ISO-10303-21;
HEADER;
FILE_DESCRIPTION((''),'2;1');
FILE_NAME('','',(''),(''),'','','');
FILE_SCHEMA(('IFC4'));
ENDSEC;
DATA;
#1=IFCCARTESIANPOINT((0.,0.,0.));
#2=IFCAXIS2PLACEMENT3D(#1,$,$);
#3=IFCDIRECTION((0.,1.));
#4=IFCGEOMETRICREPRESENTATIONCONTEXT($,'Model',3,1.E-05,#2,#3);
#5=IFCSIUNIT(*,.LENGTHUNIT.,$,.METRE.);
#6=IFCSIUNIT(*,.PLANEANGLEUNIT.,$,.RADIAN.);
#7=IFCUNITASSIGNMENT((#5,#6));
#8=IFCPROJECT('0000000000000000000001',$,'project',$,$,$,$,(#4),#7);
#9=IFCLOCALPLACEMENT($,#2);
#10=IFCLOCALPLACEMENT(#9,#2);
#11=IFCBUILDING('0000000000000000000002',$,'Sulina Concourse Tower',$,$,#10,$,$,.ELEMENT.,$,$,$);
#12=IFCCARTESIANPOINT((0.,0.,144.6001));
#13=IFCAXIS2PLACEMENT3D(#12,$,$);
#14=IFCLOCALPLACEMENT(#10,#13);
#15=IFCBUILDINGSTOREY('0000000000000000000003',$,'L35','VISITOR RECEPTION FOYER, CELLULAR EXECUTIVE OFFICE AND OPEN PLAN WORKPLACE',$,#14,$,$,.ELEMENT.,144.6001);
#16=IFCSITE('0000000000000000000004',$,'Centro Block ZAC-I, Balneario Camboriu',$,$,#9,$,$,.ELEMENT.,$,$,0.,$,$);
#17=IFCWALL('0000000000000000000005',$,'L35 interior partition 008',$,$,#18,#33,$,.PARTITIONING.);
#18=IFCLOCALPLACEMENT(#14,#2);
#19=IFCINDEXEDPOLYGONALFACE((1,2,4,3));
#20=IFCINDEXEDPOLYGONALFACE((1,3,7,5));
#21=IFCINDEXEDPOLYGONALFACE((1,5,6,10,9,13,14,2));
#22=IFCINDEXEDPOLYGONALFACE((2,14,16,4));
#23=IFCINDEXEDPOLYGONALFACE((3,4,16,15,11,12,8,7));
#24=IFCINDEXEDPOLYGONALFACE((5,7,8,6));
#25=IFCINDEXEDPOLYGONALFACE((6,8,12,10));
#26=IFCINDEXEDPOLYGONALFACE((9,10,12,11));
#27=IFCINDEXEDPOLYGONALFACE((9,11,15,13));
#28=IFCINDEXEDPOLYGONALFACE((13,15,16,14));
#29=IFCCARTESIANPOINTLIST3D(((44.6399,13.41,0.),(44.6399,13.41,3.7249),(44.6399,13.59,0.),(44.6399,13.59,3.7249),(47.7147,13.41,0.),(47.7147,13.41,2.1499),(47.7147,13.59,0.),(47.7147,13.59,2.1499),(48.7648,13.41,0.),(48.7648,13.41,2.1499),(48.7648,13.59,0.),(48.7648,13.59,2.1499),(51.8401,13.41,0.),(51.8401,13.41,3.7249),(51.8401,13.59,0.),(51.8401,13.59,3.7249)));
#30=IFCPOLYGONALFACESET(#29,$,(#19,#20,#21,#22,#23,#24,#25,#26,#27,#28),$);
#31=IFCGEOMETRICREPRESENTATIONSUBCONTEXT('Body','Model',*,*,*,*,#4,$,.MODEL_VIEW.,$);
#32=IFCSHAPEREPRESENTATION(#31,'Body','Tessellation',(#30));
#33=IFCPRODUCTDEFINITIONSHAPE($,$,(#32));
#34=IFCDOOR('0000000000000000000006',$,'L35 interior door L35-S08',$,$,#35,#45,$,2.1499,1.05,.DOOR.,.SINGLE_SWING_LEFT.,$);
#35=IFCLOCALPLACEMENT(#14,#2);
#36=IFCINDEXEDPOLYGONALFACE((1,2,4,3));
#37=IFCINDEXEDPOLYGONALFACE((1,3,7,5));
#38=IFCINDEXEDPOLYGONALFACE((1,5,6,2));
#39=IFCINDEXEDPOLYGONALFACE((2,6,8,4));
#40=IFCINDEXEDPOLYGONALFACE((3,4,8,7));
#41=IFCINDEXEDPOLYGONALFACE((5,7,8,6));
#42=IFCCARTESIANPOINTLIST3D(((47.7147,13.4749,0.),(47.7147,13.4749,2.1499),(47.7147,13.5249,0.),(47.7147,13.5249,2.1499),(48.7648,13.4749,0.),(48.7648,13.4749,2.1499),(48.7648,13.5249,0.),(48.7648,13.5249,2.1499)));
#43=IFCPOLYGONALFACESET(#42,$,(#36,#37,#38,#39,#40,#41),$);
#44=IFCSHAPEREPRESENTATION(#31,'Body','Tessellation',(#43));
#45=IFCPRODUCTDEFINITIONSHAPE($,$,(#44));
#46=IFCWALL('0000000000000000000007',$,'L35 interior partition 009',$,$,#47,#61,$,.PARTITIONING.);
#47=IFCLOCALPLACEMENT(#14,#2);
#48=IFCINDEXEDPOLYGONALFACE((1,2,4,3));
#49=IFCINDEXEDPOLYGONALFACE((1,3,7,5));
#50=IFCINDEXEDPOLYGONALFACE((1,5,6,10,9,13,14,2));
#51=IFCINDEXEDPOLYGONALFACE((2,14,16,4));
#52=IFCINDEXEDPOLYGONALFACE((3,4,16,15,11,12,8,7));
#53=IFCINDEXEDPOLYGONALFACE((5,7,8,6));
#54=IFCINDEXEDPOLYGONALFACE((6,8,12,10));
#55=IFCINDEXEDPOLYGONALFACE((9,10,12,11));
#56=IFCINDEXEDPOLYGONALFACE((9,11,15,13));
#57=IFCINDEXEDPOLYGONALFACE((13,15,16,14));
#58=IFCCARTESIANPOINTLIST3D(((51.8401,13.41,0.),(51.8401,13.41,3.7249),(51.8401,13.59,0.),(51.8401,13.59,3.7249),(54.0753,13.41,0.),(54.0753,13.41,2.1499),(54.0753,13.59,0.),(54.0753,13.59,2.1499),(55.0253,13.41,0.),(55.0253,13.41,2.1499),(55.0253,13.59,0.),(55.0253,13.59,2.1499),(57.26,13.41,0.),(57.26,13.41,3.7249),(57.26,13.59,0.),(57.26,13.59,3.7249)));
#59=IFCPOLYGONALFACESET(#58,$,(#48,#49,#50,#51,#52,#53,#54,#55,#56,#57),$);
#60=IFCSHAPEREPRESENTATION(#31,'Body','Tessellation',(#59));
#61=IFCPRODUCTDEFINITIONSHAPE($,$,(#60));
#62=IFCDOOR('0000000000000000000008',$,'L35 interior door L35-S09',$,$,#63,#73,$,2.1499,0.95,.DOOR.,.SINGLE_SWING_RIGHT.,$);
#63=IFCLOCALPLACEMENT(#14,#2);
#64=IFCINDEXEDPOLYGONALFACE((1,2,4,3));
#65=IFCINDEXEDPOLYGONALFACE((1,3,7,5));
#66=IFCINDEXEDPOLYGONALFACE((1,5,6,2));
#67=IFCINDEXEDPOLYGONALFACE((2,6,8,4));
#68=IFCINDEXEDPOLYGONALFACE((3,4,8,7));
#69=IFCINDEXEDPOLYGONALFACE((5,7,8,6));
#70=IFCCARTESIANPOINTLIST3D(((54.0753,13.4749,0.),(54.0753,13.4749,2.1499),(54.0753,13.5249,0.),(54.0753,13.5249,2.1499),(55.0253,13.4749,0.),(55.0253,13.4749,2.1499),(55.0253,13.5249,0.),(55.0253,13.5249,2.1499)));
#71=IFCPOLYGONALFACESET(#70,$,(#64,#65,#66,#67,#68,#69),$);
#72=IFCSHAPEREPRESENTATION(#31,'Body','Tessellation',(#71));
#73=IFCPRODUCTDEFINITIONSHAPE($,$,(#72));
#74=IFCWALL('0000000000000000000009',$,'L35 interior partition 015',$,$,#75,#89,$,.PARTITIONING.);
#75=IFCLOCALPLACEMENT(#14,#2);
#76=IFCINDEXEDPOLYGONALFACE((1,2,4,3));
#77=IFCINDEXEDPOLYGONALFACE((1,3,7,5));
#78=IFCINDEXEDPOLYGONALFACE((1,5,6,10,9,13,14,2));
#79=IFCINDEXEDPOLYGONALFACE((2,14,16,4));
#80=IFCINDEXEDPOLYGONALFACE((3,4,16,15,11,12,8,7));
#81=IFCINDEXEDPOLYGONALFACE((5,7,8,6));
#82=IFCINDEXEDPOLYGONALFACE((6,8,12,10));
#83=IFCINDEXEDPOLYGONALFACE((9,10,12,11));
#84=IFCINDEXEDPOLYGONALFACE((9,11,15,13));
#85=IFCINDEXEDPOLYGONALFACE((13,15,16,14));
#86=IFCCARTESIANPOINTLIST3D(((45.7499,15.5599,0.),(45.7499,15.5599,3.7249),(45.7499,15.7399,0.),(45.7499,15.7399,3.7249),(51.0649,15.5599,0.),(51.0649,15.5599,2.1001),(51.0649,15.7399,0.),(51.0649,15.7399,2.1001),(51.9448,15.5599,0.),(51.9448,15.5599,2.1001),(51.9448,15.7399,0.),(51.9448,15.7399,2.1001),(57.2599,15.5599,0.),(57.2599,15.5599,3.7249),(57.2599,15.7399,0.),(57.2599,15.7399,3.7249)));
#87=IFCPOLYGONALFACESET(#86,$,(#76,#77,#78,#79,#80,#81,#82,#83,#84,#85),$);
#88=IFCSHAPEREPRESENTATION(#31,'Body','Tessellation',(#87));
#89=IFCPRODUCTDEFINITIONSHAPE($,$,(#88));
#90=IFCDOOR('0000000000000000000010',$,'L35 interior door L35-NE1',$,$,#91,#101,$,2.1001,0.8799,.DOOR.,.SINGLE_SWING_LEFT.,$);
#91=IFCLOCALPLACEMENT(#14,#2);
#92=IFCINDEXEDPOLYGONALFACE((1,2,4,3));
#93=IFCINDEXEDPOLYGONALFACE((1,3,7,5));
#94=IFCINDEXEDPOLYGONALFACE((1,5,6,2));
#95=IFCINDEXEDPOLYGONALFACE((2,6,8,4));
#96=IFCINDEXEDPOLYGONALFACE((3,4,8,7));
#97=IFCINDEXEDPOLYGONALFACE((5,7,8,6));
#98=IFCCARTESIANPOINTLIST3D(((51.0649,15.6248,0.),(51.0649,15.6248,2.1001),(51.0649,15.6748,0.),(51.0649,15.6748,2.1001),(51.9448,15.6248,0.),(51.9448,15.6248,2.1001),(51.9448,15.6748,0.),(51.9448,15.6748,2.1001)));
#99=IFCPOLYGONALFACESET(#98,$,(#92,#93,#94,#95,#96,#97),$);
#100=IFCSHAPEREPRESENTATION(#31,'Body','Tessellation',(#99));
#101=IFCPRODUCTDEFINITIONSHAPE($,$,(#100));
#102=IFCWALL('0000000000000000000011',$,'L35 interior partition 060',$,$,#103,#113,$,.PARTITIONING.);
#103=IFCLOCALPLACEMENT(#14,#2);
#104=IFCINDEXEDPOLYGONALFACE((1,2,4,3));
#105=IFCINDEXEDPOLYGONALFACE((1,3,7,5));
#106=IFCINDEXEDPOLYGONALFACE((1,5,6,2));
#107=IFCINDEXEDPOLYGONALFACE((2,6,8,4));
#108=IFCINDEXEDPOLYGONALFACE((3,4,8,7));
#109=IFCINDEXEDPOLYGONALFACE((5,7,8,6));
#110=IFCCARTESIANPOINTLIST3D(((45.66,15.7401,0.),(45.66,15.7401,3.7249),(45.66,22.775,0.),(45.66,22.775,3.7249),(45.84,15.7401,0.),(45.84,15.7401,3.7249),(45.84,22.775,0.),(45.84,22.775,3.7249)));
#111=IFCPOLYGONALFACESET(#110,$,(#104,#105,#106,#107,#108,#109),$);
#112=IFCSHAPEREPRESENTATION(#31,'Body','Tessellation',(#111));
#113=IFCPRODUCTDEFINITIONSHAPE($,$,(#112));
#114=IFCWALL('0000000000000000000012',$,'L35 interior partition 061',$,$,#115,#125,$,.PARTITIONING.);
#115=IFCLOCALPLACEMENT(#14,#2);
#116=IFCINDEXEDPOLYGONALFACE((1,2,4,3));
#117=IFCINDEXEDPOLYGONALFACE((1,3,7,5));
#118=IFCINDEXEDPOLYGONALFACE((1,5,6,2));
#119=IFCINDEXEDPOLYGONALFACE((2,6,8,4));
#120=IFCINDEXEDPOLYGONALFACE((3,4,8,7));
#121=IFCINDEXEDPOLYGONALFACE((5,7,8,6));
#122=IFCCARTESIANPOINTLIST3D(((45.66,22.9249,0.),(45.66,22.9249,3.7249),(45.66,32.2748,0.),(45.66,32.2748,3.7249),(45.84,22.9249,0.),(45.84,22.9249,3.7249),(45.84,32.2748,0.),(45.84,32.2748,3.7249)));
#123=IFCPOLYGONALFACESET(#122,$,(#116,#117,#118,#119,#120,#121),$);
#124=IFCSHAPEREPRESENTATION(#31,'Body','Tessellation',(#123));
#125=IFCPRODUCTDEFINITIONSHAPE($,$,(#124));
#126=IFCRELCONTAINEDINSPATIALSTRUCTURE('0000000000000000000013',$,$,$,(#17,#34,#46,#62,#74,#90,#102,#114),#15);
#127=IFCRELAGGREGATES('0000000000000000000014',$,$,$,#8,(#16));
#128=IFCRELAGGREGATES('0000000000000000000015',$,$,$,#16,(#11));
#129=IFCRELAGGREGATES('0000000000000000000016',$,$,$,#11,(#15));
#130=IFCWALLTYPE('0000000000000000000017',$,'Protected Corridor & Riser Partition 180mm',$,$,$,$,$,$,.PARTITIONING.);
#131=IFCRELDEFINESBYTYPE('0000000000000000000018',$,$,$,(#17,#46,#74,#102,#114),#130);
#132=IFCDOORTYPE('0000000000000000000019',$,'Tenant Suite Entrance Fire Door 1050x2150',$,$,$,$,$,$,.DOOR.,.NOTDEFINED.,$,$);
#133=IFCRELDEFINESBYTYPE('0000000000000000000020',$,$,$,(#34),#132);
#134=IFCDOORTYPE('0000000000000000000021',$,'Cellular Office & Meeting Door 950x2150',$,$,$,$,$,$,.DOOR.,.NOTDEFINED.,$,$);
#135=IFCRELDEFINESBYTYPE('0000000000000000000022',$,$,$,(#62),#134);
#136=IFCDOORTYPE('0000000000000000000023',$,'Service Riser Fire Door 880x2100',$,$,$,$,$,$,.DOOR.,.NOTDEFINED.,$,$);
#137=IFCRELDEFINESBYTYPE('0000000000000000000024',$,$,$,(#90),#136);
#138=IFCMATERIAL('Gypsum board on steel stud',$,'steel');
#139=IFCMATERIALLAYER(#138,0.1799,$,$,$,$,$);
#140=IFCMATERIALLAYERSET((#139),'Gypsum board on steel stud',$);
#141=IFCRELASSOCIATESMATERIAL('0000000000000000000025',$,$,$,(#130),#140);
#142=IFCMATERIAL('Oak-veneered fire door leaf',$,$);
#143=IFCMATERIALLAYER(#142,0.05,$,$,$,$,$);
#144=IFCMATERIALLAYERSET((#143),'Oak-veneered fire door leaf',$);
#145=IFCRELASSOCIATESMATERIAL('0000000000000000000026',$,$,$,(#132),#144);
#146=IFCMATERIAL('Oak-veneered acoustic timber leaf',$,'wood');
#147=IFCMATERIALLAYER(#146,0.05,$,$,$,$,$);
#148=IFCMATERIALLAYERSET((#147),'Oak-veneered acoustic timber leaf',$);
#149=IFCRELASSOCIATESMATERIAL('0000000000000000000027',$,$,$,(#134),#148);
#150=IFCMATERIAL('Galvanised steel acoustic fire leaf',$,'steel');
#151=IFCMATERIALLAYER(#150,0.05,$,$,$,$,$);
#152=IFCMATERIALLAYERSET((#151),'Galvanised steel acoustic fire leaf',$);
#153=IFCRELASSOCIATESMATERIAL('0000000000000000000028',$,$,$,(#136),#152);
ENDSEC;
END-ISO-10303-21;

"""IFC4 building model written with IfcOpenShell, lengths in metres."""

from ifc_helpers import new_model, si_unit, direction, frame, frame_2d, origin, place, context, subcontext, project, spatial, rectangle, extrude, material, layer, layer_set, type_object, element, fill, save


model = new_model("IFC4")

# Units and contexts
model_context = context("Model", 3, precision=1e-05, world=origin(), true_north=direction((0.0, 1.0)))
body_context = subcontext(model_context, "Body", "Model", "MODEL_VIEW")
ifc_project = project(units=[si_unit("LENGTHUNIT", "METRE"), si_unit("PLANEANGLEUNIT", "RADIAN")], contexts=[model_context])

# Site, building, storey
site_placement = place(None, origin())
site = spatial("IfcSite", under=ifc_project, at=site_placement, Name="Centro Block ZAC-I, Balneario Camboriu", CompositionType="ELEMENT", RefElevation=0.0)
building_placement = place(site_placement, origin())
building = spatial("IfcBuilding", under=site, at=building_placement, Name="Sulina Concourse Tower", CompositionType="ELEMENT")
storey_placement = place(building_placement, frame((0.0, 0.0, 144.6001)))
storey = spatial("IfcBuildingStorey", under=building, at=storey_placement, Name="L35", Description="VISITOR RECEPTION FOYER, CELLULAR EXECUTIVE OFFICE AND OPEN PLAN WORKPLACE", CompositionType="ELEMENT", Elevation=144.6001)

# Walls, openings, doors
ifc_material_1 = material(Name="Gypsum board on steel stud", Category="steel")
ifc_layer_1 = layer(ifc_material_1, 0.1799)
ifc_layer_set_1 = layer_set([ifc_layer_1], Name="Gypsum board on steel stud")
wall_type_1 = type_object("IfcWallType", Name="Protected Corridor & Riser Partition 180mm", PredefinedType="PARTITIONING", material=ifc_layer_set_1)
wall_1_placement = place(storey_placement, frame((44.6399, 13.5, 0.0), z_axis=(0.0, 0.0, 1.0), x_axis=(1.0, 0.0, 0.0)))
wall_1 = element("IfcWall", 1, at=wall_1_placement, inside=storey, type_object=wall_type_1, Name="L35 interior partition 008", PredefinedType="PARTITIONING", context=body_context, shape_type="SweptSolid", body=[
    extrude(rectangle(XDim=7.2002, YDim=0.1799, at=frame_2d((3.6001, 0.0))), origin(), (0.0, 0.0, 1.0), 3.7249),
])
opening_1_placement = place(wall_1_placement, frame((3.075, 0.0, 0.0)))
opening_1 = element("IfcOpeningElement", 2, at=opening_1_placement, cuts=wall_1, PredefinedType="OPENING", context=body_context, shape_type="SweptSolid", body=[
    extrude(rectangle(XDim=1.05, YDim=2.1499, at=frame_2d((0.5249, 1.075))), frame((0.0, 0.0999, 0.0), z_axis=(0.0, -1.0, 0.0), x_axis=(1.0, 0.0, 0.0)), (0.0, 0.0, 1.0), 0.2),
])
ifc_material_2 = material(Name="Oak-veneered fire door leaf")
ifc_layer_2 = layer(ifc_material_2, 0.05)
ifc_layer_set_2 = layer_set([ifc_layer_2], Name="Oak-veneered fire door leaf")
door_type_1 = type_object("IfcDoorType", Name="Tenant Suite Entrance Fire Door 1050x2150", OperationType="NOTDEFINED", PredefinedType="DOOR", material=ifc_layer_set_2)
door_1_placement = place(opening_1_placement, origin())
door_1 = element("IfcDoor", 3, at=door_1_placement, inside=storey, type_object=door_type_1, Name="L35 interior door L35-S08", OperationType="SINGLE_SWING_LEFT", OverallHeight=2.1499, OverallWidth=1.05, PredefinedType="DOOR", context=body_context, shape_type="SweptSolid", body=[
    extrude(rectangle(XDim=1.05, YDim=2.1499, at=frame_2d((0.5249, 1.075))), frame((0.0, 0.0249, 0.0), z_axis=(0.0, -1.0, 0.0), x_axis=(1.0, 0.0, 0.0)), (0.0, 0.0, 1.0), 0.05),
])
fill(opening_1, door_1)
wall_2_placement = place(storey_placement, frame((51.8401, 13.5, 0.0), z_axis=(0.0, 0.0, 1.0), x_axis=(1.0, 0.0, 0.0)))
wall_2 = element("IfcWall", 4, at=wall_2_placement, inside=storey, type_object=wall_type_1, Name="L35 interior partition 009", PredefinedType="PARTITIONING", context=body_context, shape_type="SweptSolid", body=[
    extrude(rectangle(XDim=5.4199, YDim=0.1799, at=frame_2d((2.71, 0.0))), origin(), (0.0, 0.0, 1.0), 3.7249),
])
opening_2_placement = place(wall_2_placement, frame((2.2351, 0.0, 0.0)))
opening_2 = element("IfcOpeningElement", 5, at=opening_2_placement, cuts=wall_2, PredefinedType="OPENING", context=body_context, shape_type="SweptSolid", body=[
    extrude(rectangle(XDim=0.95, YDim=2.1499, at=frame_2d((0.4751, 1.075))), frame((0.0, 0.0999, 0.0), z_axis=(0.0, -1.0, 0.0), x_axis=(1.0, 0.0, 0.0)), (0.0, 0.0, 1.0), 0.2),
])
ifc_material_3 = material(Name="Oak-veneered acoustic timber leaf", Category="wood")
ifc_layer_3 = layer(ifc_material_3, 0.05)
ifc_layer_set_3 = layer_set([ifc_layer_3], Name="Oak-veneered acoustic timber leaf")
door_type_2 = type_object("IfcDoorType", Name="Cellular Office & Meeting Door 950x2150", OperationType="NOTDEFINED", PredefinedType="DOOR", material=ifc_layer_set_3)
door_2_placement = place(opening_2_placement, origin())
door_2 = element("IfcDoor", 6, at=door_2_placement, inside=storey, type_object=door_type_2, Name="L35 interior door L35-S09", OperationType="SINGLE_SWING_RIGHT", OverallHeight=2.1499, OverallWidth=0.95, PredefinedType="DOOR", context=body_context, shape_type="SweptSolid", body=[
    extrude(rectangle(XDim=0.95, YDim=2.1499, at=frame_2d((0.4751, 1.075))), frame((0.0, 0.0249, 0.0), z_axis=(0.0, -1.0, 0.0), x_axis=(1.0, 0.0, 0.0)), (0.0, 0.0, 1.0), 0.05),
])
fill(opening_2, door_2)
wall_3_placement = place(storey_placement, frame((45.75, 15.6499, 0.0), z_axis=(0.0, 0.0, 1.0), x_axis=(1.0, 0.0, 0.0)))
wall_3 = element("IfcWall", 7, at=wall_3_placement, inside=storey, type_object=wall_type_1, Name="L35 interior partition 015", PredefinedType="PARTITIONING", context=body_context, shape_type="SweptSolid", body=[
    extrude(rectangle(XDim=11.51, YDim=0.1799, at=frame_2d((5.7549, 0.0))), origin(), (0.0, 0.0, 1.0), 3.7249),
])
opening_3_placement = place(wall_3_placement, frame((5.3149, 0.0, 0.0)))
opening_3 = element("IfcOpeningElement", 8, at=opening_3_placement, cuts=wall_3, PredefinedType="OPENING", context=body_context, shape_type="SweptSolid", body=[
    extrude(rectangle(XDim=0.8799, YDim=2.1001, at=frame_2d((0.4399, 1.05))), frame((0.0, 0.0999, 0.0), z_axis=(0.0, -1.0, 0.0), x_axis=(1.0, 0.0, 0.0)), (0.0, 0.0, 1.0), 0.2),
])
ifc_material_4 = material(Name="Galvanised steel acoustic fire leaf", Category="steel")
ifc_layer_4 = layer(ifc_material_4, 0.05)
ifc_layer_set_4 = layer_set([ifc_layer_4], Name="Galvanised steel acoustic fire leaf")
door_type_3 = type_object("IfcDoorType", Name="Service Riser Fire Door 880x2100", OperationType="NOTDEFINED", PredefinedType="DOOR", material=ifc_layer_set_4)
door_3_placement = place(opening_3_placement, origin())
door_3 = element("IfcDoor", 9, at=door_3_placement, inside=storey, type_object=door_type_3, Name="L35 interior door L35-NE1", OperationType="SINGLE_SWING_LEFT", OverallHeight=2.1001, OverallWidth=0.8799, PredefinedType="DOOR", context=body_context, shape_type="SweptSolid", body=[
    extrude(rectangle(XDim=0.8799, YDim=2.1001, at=frame_2d((0.4399, 1.05))), frame((0.0, 0.0249, 0.0), z_axis=(0.0, -1.0, 0.0), x_axis=(1.0, 0.0, 0.0)), (0.0, 0.0, 1.0), 0.05),
])
fill(opening_3, door_3)

# Walls
wall_4_placement = place(storey_placement, frame((45.75, 15.74, 0.0), z_axis=(0.0, 0.0, 1.0), x_axis=(0.0, 1.0, 0.0)))
element("IfcWall", 10, at=wall_4_placement, inside=storey, type_object=wall_type_1, Name="L35 interior partition 060", PredefinedType="PARTITIONING", context=body_context, shape_type="SweptSolid", body=[
    extrude(rectangle(XDim=7.0349, YDim=0.1799, at=frame_2d((3.5176, 0.0))), origin(), (0.0, 0.0, 1.0), 3.7249),
])
wall_5_placement = place(storey_placement, frame((45.75, 22.925, 0.0), z_axis=(0.0, 0.0, 1.0), x_axis=(0.0, 1.0, 0.0)))
element("IfcWall", 11, at=wall_5_placement, inside=storey, type_object=wall_type_1, Name="L35 interior partition 061", PredefinedType="PARTITIONING", context=body_context, shape_type="SweptSolid", body=[
    extrude(rectangle(XDim=9.3499, YDim=0.1799, at=frame_2d((4.6748, 0.0))), origin(), (0.0, 0.0, 1.0), 3.7249),
])

save(model, "model.ifc")
